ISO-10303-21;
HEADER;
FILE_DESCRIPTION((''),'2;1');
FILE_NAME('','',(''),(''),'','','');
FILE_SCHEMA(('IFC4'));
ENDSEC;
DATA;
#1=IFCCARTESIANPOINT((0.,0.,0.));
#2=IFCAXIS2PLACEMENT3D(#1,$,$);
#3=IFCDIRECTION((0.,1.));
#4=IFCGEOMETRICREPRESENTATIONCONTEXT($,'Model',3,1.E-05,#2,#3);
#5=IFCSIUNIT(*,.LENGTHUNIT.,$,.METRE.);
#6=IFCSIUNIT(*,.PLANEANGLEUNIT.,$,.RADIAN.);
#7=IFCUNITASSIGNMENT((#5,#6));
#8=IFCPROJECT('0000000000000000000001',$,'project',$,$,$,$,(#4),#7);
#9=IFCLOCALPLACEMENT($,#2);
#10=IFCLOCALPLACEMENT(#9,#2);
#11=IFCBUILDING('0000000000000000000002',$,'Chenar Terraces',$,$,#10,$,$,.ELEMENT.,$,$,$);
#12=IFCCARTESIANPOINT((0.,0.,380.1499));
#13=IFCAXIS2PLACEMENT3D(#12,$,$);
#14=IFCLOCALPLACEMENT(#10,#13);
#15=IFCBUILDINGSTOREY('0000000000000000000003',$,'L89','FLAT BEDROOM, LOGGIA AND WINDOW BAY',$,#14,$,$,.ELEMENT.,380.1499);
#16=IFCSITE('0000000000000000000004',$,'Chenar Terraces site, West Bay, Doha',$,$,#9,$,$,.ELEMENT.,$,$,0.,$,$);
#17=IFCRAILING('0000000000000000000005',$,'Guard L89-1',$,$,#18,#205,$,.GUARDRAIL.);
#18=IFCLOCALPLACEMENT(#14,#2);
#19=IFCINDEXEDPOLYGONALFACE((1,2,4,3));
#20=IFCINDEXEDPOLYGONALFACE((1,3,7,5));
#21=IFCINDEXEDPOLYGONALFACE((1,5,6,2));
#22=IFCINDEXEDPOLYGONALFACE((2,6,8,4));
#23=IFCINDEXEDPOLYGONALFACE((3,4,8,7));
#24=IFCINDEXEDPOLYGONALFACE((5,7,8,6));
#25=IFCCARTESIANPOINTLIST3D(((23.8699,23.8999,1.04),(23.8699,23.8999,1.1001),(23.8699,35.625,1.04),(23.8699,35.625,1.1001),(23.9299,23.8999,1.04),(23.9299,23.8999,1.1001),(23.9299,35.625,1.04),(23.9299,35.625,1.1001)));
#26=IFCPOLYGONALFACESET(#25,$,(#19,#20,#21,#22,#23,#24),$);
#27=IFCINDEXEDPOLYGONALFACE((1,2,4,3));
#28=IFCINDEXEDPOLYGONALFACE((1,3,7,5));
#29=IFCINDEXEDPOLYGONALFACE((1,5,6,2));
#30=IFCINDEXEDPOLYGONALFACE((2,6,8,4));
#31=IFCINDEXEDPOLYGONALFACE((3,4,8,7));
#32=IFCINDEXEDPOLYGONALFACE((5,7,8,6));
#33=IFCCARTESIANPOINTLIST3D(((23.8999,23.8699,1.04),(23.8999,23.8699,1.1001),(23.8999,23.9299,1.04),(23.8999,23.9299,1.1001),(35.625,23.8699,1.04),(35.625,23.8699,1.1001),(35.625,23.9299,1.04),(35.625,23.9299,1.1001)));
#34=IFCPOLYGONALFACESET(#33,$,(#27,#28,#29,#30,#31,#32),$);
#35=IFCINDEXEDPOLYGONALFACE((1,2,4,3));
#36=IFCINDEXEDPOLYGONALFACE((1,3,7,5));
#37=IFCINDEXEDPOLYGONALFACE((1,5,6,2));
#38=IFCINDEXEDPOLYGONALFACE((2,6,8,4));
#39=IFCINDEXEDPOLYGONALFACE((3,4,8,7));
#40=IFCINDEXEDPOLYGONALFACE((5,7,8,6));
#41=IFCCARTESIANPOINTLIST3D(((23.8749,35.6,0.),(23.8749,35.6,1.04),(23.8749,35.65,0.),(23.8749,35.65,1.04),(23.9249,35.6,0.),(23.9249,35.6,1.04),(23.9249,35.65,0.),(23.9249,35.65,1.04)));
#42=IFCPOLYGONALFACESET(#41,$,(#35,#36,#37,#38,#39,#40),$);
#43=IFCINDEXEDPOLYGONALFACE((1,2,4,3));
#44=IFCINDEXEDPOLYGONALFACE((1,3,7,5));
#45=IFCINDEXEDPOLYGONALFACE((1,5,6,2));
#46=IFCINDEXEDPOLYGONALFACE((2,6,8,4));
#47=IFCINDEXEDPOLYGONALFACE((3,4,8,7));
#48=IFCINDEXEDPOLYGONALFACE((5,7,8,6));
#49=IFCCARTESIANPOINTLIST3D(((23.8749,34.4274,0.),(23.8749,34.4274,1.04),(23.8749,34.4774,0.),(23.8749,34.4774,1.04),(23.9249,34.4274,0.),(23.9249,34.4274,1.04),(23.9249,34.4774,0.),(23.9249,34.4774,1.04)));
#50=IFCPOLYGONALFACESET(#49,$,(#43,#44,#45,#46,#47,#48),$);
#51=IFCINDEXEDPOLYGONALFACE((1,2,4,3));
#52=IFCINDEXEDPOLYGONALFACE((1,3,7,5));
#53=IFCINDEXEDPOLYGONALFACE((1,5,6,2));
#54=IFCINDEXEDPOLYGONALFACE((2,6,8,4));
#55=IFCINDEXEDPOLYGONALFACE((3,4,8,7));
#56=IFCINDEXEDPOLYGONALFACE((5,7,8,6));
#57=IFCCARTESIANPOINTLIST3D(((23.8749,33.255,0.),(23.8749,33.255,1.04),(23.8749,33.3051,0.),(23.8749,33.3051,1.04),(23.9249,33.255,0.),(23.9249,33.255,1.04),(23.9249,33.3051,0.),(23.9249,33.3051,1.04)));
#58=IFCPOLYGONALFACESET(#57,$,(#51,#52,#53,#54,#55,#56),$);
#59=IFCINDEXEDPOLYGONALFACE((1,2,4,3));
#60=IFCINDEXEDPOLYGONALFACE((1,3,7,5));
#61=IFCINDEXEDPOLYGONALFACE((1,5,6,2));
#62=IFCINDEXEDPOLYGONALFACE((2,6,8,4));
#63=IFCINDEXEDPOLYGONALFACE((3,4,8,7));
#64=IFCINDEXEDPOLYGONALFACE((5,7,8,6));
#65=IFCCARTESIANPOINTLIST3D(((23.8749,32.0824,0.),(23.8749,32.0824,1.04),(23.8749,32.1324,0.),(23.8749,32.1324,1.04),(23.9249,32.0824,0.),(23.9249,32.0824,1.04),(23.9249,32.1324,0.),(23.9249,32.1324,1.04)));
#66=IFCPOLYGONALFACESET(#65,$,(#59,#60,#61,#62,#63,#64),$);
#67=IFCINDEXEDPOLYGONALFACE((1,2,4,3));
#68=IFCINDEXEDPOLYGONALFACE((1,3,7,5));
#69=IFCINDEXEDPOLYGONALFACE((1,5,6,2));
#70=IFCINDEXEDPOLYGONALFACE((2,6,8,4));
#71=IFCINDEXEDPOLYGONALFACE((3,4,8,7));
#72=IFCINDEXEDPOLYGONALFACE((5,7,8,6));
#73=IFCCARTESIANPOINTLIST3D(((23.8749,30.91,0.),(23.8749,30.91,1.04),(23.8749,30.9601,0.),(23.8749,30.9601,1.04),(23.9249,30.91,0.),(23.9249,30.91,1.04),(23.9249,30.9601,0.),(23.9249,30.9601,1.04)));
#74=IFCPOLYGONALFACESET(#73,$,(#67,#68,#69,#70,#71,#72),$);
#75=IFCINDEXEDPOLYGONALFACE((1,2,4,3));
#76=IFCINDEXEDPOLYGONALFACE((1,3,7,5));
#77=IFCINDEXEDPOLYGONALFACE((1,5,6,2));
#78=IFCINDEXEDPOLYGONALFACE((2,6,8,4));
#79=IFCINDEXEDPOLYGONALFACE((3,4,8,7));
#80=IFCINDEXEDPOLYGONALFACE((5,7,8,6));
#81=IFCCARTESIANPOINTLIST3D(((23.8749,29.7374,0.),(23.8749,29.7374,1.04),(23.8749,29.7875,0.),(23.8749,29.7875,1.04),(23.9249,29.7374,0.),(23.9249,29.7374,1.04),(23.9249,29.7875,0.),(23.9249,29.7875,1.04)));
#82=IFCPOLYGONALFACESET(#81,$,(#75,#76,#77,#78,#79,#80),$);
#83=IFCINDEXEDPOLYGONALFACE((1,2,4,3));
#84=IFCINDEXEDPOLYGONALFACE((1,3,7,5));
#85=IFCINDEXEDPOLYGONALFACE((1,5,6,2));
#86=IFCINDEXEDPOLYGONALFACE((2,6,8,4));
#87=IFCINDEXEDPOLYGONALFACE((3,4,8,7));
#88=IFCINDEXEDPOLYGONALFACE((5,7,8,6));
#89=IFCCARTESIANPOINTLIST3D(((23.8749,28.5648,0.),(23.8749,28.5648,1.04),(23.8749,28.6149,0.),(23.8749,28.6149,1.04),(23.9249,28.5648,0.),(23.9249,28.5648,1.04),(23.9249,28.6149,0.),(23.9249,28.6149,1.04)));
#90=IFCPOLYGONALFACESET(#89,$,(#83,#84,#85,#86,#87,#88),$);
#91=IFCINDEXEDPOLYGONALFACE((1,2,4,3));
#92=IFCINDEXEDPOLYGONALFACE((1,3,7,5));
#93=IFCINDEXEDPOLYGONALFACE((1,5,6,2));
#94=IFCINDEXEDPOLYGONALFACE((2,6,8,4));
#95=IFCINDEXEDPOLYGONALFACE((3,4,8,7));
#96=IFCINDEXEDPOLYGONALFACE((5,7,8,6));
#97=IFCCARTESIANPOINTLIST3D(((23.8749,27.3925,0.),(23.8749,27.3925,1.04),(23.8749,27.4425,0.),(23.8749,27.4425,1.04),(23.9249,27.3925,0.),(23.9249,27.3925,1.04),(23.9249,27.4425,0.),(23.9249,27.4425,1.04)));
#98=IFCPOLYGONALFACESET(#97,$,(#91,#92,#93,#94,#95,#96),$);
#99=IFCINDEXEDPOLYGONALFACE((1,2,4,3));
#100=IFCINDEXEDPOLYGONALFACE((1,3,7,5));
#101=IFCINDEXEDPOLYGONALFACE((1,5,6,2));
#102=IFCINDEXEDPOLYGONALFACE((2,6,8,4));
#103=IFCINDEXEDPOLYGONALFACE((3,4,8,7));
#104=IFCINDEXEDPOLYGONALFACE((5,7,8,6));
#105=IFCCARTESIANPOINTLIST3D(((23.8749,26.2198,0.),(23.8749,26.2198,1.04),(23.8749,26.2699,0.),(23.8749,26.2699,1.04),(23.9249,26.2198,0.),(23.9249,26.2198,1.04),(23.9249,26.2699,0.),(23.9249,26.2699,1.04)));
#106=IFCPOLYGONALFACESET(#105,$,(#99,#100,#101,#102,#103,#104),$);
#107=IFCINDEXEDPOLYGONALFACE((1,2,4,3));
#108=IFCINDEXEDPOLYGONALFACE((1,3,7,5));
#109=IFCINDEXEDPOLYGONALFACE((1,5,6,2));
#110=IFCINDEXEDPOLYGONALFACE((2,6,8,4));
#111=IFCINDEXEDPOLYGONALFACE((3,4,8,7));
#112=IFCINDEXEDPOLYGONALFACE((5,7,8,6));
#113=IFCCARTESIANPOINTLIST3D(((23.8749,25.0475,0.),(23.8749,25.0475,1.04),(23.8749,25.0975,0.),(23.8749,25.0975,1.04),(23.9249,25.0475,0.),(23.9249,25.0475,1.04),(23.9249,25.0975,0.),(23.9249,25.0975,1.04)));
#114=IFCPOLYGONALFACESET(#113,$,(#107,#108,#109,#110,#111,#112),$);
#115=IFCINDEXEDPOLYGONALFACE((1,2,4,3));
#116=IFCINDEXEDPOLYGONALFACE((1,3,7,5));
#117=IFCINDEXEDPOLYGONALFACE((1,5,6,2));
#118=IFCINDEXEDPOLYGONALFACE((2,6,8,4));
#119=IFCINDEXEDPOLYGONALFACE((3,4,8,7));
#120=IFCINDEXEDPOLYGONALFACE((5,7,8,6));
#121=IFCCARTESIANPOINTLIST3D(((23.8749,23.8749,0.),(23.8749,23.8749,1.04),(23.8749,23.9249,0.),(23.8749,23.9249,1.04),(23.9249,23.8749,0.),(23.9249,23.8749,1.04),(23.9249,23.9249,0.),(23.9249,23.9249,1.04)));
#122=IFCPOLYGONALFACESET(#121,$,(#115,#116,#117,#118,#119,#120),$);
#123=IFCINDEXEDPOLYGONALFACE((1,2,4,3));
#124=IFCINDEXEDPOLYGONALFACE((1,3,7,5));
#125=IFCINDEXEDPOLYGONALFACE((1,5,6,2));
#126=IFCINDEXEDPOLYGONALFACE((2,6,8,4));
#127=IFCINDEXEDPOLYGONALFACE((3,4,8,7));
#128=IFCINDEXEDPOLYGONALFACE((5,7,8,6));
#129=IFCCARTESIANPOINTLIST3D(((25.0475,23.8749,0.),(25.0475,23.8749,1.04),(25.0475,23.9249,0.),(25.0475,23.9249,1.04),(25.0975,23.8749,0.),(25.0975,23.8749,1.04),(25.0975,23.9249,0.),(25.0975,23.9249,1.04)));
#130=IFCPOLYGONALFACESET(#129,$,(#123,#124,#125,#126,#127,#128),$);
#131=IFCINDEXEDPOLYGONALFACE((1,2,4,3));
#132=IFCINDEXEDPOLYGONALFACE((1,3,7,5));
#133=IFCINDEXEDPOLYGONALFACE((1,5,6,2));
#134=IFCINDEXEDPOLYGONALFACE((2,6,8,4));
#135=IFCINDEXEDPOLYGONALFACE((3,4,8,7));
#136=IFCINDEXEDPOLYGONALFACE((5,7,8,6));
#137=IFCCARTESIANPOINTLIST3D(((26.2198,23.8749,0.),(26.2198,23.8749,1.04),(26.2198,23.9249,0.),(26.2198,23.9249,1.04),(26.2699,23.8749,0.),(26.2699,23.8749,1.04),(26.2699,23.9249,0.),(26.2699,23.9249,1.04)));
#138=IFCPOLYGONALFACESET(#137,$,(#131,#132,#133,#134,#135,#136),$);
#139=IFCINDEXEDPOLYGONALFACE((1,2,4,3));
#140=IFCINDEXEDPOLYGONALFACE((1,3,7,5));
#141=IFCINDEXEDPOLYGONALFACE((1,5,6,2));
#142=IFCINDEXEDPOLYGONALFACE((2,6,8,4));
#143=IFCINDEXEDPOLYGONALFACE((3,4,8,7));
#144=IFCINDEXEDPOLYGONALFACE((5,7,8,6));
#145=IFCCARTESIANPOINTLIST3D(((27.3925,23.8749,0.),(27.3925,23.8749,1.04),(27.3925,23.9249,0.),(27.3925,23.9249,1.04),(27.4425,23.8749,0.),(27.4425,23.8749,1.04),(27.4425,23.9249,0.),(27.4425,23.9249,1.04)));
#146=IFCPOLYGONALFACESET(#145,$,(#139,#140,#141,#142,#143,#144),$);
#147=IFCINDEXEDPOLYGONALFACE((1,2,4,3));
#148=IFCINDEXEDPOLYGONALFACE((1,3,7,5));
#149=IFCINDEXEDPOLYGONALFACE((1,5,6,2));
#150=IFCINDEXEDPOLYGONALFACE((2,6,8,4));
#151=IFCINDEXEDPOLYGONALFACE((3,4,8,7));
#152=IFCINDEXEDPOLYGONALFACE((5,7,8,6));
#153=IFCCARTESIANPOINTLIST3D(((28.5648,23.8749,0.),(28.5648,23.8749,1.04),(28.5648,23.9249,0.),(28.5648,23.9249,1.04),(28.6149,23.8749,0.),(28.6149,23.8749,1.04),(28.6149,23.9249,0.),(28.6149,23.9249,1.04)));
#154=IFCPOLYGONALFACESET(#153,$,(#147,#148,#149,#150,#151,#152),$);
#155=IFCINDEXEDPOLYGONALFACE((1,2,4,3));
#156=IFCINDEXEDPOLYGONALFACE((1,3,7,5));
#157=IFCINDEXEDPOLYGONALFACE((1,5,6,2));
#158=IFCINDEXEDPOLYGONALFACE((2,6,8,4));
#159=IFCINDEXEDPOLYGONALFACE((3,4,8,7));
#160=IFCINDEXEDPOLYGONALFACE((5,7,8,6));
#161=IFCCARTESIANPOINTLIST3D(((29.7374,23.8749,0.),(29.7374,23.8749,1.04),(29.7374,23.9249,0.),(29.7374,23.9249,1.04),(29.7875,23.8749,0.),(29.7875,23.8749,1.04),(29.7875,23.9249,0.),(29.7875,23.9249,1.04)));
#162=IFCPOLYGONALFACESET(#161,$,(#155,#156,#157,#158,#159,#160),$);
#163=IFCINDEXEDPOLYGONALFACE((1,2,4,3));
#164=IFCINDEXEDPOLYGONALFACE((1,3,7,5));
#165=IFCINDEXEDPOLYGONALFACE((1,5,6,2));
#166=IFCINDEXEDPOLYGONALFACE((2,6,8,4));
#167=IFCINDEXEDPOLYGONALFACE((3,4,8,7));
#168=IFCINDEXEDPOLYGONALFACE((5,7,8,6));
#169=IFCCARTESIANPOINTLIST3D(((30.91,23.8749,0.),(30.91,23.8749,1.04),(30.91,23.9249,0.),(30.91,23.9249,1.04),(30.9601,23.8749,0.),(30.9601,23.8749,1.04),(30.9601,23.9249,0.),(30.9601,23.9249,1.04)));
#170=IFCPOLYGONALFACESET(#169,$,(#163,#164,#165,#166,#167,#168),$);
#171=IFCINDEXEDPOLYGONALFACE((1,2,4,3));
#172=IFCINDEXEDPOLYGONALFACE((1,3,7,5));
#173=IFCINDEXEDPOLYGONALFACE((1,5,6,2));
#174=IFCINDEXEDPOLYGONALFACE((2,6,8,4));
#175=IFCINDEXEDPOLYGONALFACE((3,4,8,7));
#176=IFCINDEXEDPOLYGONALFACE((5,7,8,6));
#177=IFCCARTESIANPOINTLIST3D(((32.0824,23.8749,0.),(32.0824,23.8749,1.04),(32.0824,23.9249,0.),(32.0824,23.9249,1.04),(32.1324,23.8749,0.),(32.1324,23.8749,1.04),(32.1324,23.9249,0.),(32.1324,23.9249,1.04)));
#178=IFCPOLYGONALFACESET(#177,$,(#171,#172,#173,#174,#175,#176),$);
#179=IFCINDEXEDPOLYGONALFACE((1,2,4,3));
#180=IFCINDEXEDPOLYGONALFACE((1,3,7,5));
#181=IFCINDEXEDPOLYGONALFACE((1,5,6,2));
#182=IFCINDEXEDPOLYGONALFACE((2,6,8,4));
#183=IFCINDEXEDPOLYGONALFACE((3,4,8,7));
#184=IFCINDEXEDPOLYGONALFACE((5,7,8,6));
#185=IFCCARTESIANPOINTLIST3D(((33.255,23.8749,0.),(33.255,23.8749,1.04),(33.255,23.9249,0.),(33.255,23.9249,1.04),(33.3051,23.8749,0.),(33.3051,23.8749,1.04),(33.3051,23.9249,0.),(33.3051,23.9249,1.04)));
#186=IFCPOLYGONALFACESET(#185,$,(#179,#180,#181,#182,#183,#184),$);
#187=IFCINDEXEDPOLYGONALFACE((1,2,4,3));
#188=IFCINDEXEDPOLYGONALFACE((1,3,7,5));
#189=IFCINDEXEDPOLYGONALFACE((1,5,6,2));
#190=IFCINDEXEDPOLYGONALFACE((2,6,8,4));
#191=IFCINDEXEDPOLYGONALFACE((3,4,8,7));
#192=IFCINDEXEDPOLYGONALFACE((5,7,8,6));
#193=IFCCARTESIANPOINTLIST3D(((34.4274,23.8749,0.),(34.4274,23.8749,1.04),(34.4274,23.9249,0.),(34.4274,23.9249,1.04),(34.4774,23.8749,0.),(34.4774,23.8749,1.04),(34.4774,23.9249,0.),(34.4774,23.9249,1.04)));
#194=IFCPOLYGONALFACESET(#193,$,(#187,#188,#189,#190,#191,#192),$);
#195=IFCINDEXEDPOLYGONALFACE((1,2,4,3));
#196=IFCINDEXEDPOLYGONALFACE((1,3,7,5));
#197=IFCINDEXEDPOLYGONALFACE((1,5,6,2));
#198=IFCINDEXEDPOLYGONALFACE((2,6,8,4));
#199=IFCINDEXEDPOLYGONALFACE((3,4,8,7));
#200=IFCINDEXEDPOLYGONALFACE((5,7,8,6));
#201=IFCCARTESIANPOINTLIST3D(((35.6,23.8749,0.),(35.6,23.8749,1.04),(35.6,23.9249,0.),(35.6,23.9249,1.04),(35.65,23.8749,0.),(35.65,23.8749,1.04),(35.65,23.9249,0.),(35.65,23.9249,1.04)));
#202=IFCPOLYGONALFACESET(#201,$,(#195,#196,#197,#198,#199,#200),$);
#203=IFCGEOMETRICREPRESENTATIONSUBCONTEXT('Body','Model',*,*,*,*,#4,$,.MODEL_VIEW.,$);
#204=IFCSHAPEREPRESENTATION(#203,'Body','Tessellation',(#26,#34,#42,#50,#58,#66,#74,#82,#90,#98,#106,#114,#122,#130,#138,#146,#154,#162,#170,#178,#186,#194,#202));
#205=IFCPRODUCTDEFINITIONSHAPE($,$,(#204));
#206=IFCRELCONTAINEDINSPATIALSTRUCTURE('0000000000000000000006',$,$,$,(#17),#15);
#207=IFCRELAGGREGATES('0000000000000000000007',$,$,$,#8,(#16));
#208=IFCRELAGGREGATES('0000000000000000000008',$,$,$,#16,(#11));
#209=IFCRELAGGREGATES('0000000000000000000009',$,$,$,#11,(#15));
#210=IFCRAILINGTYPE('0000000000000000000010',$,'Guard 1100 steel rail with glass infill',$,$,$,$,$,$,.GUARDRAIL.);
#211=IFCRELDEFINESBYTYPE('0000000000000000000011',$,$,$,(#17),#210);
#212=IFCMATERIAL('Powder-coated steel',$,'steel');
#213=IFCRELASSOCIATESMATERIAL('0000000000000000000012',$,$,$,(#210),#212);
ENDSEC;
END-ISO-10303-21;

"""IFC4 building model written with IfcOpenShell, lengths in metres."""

from ifc_helpers import new_model, si_unit, direction, frame, origin, origin_2d, place, context, subcontext, project, spatial, rectangle, extrude, material, type_object, element, save


model = new_model("IFC4")

# Units and contexts
model_context = context("Model", 3, precision=1e-05, world=origin(), true_north=direction((0.0, 1.0)))
body_context = subcontext(model_context, "Body", "Model", "MODEL_VIEW")
ifc_project = project(units=[si_unit("LENGTHUNIT", "METRE"), si_unit("PLANEANGLEUNIT", "RADIAN")], contexts=[model_context])

# Site, building, storey
site_placement = place(None, origin())
site = spatial("IfcSite", under=ifc_project, at=site_placement, Name="Chenar Terraces site, West Bay, Doha", CompositionType="ELEMENT", RefElevation=0.0)
building_placement = place(site_placement, origin())
building = spatial("IfcBuilding", under=site, at=building_placement, Name="Chenar Terraces", CompositionType="ELEMENT")
storey_placement = place(building_placement, frame((0.0, 0.0, 380.1499)))
storey = spatial("IfcBuildingStorey", under=building, at=storey_placement, Name="L89", Description="FLAT BEDROOM, LOGGIA AND WINDOW BAY", CompositionType="ELEMENT", Elevation=380.1499)

# Railing
ifc_material_1 = material(Name="Powder-coated steel", Category="steel")
railing_type_1 = type_object("IfcRailingType", Name="Guard 1100 steel rail with glass infill", PredefinedType="GUARDRAIL", material=ifc_material_1)
railing_1_placement = place(storey_placement, frame((23.8999, 35.625, 0.0)))
element("IfcRailing", 1, at=railing_1_placement, inside=storey, type_object=railing_type_1, Name="Guard L89-1", PredefinedType="GUARDRAIL", context=body_context, shape_type="SweptSolid", body=[
    extrude(rectangle(XDim=0.0601, YDim=0.0601, at=origin_2d()), frame((0.0, 0.0, 1.0701), z_axis=(0.0, -1.0, 0.0), x_axis=(1.0, 0.0, 0.0)), (0.0, 0.0, 1.0), 11.7251),
    extrude(rectangle(XDim=0.0601, YDim=0.0601, at=origin_2d()), frame((0.0, -11.7251, 1.0701), z_axis=(1.0, 0.0, 0.0), x_axis=(0.0, 1.0, 0.0)), (0.0, 0.0, 1.0), 11.7251),
    extrude(rectangle(XDim=0.05, YDim=0.05, at=origin_2d()), origin(), (0.0, 0.0, 1.0), 1.04),
    extrude(rectangle(XDim=0.05, YDim=0.05, at=origin_2d()), frame((0.0, -1.1726, 0.0)), (0.0, 0.0, 1.0), 1.04),
    extrude(rectangle(XDim=0.05, YDim=0.05, at=origin_2d()), frame((0.0, -2.345, 0.0)), (0.0, 0.0, 1.0), 1.04),
    extrude(rectangle(XDim=0.05, YDim=0.05, at=origin_2d()), frame((0.0, -3.5176, 0.0)), (0.0, 0.0, 1.0), 1.04),
    extrude(rectangle(XDim=0.05, YDim=0.05, at=origin_2d()), frame((0.0, -4.6899, 0.0)), (0.0, 0.0, 1.0), 1.04),
    extrude(rectangle(XDim=0.05, YDim=0.05, at=origin_2d()), frame((0.0, -5.8625, 0.0)), (0.0, 0.0, 1.0), 1.04),
    extrude(rectangle(XDim=0.05, YDim=0.05, at=origin_2d()), frame((0.0, -7.0352, 0.0)), (0.0, 0.0, 1.0), 1.04),
    extrude(rectangle(XDim=0.05, YDim=0.05, at=origin_2d()), frame((0.0, -8.2075, 0.0)), (0.0, 0.0, 1.0), 1.04),
    extrude(rectangle(XDim=0.05, YDim=0.05, at=origin_2d()), frame((0.0, -9.3801, 0.0)), (0.0, 0.0, 1.0), 1.04),
    extrude(rectangle(XDim=0.05, YDim=0.05, at=origin_2d()), frame((0.0, -10.5525, 0.0)), (0.0, 0.0, 1.0), 1.04),
    extrude(rectangle(XDim=0.05, YDim=0.05, at=origin_2d()), frame((0.0, -11.7251, 0.0)), (0.0, 0.0, 1.0), 1.04),
    extrude(rectangle(XDim=0.05, YDim=0.05, at=origin_2d()), frame((1.1726, -11.7251, 0.0)), (0.0, 0.0, 1.0), 1.04),
    extrude(rectangle(XDim=0.05, YDim=0.05, at=origin_2d()), frame((2.345, -11.7251, 0.0)), (0.0, 0.0, 1.0), 1.04),
    extrude(rectangle(XDim=0.05, YDim=0.05, at=origin_2d()), frame((3.5176, -11.7251, 0.0)), (0.0, 0.0, 1.0), 1.04),
    extrude(rectangle(XDim=0.05, YDim=0.05, at=origin_2d()), frame((4.6899, -11.7251, 0.0)), (0.0, 0.0, 1.0), 1.04),
    extrude(rectangle(XDim=0.05, YDim=0.05, at=origin_2d()), frame((5.8625, -11.7251, 0.0)), (0.0, 0.0, 1.0), 1.04),
    extrude(rectangle(XDim=0.05, YDim=0.05, at=origin_2d()), frame((7.0352, -11.7251, 0.0)), (0.0, 0.0, 1.0), 1.04),
    extrude(rectangle(XDim=0.05, YDim=0.05, at=origin_2d()), frame((8.2075, -11.7251, 0.0)), (0.0, 0.0, 1.0), 1.04),
    extrude(rectangle(XDim=0.05, YDim=0.05, at=origin_2d()), frame((9.3801, -11.7251, 0.0)), (0.0, 0.0, 1.0), 1.04),
    extrude(rectangle(XDim=0.05, YDim=0.05, at=origin_2d()), frame((10.5525, -11.7251, 0.0)), (0.0, 0.0, 1.0), 1.04),
    extrude(rectangle(XDim=0.05, YDim=0.05, at=origin_2d()), frame((11.7251, -11.7251, 0.0)), (0.0, 0.0, 1.0), 1.04),
])

save(model, "model.ifc")
